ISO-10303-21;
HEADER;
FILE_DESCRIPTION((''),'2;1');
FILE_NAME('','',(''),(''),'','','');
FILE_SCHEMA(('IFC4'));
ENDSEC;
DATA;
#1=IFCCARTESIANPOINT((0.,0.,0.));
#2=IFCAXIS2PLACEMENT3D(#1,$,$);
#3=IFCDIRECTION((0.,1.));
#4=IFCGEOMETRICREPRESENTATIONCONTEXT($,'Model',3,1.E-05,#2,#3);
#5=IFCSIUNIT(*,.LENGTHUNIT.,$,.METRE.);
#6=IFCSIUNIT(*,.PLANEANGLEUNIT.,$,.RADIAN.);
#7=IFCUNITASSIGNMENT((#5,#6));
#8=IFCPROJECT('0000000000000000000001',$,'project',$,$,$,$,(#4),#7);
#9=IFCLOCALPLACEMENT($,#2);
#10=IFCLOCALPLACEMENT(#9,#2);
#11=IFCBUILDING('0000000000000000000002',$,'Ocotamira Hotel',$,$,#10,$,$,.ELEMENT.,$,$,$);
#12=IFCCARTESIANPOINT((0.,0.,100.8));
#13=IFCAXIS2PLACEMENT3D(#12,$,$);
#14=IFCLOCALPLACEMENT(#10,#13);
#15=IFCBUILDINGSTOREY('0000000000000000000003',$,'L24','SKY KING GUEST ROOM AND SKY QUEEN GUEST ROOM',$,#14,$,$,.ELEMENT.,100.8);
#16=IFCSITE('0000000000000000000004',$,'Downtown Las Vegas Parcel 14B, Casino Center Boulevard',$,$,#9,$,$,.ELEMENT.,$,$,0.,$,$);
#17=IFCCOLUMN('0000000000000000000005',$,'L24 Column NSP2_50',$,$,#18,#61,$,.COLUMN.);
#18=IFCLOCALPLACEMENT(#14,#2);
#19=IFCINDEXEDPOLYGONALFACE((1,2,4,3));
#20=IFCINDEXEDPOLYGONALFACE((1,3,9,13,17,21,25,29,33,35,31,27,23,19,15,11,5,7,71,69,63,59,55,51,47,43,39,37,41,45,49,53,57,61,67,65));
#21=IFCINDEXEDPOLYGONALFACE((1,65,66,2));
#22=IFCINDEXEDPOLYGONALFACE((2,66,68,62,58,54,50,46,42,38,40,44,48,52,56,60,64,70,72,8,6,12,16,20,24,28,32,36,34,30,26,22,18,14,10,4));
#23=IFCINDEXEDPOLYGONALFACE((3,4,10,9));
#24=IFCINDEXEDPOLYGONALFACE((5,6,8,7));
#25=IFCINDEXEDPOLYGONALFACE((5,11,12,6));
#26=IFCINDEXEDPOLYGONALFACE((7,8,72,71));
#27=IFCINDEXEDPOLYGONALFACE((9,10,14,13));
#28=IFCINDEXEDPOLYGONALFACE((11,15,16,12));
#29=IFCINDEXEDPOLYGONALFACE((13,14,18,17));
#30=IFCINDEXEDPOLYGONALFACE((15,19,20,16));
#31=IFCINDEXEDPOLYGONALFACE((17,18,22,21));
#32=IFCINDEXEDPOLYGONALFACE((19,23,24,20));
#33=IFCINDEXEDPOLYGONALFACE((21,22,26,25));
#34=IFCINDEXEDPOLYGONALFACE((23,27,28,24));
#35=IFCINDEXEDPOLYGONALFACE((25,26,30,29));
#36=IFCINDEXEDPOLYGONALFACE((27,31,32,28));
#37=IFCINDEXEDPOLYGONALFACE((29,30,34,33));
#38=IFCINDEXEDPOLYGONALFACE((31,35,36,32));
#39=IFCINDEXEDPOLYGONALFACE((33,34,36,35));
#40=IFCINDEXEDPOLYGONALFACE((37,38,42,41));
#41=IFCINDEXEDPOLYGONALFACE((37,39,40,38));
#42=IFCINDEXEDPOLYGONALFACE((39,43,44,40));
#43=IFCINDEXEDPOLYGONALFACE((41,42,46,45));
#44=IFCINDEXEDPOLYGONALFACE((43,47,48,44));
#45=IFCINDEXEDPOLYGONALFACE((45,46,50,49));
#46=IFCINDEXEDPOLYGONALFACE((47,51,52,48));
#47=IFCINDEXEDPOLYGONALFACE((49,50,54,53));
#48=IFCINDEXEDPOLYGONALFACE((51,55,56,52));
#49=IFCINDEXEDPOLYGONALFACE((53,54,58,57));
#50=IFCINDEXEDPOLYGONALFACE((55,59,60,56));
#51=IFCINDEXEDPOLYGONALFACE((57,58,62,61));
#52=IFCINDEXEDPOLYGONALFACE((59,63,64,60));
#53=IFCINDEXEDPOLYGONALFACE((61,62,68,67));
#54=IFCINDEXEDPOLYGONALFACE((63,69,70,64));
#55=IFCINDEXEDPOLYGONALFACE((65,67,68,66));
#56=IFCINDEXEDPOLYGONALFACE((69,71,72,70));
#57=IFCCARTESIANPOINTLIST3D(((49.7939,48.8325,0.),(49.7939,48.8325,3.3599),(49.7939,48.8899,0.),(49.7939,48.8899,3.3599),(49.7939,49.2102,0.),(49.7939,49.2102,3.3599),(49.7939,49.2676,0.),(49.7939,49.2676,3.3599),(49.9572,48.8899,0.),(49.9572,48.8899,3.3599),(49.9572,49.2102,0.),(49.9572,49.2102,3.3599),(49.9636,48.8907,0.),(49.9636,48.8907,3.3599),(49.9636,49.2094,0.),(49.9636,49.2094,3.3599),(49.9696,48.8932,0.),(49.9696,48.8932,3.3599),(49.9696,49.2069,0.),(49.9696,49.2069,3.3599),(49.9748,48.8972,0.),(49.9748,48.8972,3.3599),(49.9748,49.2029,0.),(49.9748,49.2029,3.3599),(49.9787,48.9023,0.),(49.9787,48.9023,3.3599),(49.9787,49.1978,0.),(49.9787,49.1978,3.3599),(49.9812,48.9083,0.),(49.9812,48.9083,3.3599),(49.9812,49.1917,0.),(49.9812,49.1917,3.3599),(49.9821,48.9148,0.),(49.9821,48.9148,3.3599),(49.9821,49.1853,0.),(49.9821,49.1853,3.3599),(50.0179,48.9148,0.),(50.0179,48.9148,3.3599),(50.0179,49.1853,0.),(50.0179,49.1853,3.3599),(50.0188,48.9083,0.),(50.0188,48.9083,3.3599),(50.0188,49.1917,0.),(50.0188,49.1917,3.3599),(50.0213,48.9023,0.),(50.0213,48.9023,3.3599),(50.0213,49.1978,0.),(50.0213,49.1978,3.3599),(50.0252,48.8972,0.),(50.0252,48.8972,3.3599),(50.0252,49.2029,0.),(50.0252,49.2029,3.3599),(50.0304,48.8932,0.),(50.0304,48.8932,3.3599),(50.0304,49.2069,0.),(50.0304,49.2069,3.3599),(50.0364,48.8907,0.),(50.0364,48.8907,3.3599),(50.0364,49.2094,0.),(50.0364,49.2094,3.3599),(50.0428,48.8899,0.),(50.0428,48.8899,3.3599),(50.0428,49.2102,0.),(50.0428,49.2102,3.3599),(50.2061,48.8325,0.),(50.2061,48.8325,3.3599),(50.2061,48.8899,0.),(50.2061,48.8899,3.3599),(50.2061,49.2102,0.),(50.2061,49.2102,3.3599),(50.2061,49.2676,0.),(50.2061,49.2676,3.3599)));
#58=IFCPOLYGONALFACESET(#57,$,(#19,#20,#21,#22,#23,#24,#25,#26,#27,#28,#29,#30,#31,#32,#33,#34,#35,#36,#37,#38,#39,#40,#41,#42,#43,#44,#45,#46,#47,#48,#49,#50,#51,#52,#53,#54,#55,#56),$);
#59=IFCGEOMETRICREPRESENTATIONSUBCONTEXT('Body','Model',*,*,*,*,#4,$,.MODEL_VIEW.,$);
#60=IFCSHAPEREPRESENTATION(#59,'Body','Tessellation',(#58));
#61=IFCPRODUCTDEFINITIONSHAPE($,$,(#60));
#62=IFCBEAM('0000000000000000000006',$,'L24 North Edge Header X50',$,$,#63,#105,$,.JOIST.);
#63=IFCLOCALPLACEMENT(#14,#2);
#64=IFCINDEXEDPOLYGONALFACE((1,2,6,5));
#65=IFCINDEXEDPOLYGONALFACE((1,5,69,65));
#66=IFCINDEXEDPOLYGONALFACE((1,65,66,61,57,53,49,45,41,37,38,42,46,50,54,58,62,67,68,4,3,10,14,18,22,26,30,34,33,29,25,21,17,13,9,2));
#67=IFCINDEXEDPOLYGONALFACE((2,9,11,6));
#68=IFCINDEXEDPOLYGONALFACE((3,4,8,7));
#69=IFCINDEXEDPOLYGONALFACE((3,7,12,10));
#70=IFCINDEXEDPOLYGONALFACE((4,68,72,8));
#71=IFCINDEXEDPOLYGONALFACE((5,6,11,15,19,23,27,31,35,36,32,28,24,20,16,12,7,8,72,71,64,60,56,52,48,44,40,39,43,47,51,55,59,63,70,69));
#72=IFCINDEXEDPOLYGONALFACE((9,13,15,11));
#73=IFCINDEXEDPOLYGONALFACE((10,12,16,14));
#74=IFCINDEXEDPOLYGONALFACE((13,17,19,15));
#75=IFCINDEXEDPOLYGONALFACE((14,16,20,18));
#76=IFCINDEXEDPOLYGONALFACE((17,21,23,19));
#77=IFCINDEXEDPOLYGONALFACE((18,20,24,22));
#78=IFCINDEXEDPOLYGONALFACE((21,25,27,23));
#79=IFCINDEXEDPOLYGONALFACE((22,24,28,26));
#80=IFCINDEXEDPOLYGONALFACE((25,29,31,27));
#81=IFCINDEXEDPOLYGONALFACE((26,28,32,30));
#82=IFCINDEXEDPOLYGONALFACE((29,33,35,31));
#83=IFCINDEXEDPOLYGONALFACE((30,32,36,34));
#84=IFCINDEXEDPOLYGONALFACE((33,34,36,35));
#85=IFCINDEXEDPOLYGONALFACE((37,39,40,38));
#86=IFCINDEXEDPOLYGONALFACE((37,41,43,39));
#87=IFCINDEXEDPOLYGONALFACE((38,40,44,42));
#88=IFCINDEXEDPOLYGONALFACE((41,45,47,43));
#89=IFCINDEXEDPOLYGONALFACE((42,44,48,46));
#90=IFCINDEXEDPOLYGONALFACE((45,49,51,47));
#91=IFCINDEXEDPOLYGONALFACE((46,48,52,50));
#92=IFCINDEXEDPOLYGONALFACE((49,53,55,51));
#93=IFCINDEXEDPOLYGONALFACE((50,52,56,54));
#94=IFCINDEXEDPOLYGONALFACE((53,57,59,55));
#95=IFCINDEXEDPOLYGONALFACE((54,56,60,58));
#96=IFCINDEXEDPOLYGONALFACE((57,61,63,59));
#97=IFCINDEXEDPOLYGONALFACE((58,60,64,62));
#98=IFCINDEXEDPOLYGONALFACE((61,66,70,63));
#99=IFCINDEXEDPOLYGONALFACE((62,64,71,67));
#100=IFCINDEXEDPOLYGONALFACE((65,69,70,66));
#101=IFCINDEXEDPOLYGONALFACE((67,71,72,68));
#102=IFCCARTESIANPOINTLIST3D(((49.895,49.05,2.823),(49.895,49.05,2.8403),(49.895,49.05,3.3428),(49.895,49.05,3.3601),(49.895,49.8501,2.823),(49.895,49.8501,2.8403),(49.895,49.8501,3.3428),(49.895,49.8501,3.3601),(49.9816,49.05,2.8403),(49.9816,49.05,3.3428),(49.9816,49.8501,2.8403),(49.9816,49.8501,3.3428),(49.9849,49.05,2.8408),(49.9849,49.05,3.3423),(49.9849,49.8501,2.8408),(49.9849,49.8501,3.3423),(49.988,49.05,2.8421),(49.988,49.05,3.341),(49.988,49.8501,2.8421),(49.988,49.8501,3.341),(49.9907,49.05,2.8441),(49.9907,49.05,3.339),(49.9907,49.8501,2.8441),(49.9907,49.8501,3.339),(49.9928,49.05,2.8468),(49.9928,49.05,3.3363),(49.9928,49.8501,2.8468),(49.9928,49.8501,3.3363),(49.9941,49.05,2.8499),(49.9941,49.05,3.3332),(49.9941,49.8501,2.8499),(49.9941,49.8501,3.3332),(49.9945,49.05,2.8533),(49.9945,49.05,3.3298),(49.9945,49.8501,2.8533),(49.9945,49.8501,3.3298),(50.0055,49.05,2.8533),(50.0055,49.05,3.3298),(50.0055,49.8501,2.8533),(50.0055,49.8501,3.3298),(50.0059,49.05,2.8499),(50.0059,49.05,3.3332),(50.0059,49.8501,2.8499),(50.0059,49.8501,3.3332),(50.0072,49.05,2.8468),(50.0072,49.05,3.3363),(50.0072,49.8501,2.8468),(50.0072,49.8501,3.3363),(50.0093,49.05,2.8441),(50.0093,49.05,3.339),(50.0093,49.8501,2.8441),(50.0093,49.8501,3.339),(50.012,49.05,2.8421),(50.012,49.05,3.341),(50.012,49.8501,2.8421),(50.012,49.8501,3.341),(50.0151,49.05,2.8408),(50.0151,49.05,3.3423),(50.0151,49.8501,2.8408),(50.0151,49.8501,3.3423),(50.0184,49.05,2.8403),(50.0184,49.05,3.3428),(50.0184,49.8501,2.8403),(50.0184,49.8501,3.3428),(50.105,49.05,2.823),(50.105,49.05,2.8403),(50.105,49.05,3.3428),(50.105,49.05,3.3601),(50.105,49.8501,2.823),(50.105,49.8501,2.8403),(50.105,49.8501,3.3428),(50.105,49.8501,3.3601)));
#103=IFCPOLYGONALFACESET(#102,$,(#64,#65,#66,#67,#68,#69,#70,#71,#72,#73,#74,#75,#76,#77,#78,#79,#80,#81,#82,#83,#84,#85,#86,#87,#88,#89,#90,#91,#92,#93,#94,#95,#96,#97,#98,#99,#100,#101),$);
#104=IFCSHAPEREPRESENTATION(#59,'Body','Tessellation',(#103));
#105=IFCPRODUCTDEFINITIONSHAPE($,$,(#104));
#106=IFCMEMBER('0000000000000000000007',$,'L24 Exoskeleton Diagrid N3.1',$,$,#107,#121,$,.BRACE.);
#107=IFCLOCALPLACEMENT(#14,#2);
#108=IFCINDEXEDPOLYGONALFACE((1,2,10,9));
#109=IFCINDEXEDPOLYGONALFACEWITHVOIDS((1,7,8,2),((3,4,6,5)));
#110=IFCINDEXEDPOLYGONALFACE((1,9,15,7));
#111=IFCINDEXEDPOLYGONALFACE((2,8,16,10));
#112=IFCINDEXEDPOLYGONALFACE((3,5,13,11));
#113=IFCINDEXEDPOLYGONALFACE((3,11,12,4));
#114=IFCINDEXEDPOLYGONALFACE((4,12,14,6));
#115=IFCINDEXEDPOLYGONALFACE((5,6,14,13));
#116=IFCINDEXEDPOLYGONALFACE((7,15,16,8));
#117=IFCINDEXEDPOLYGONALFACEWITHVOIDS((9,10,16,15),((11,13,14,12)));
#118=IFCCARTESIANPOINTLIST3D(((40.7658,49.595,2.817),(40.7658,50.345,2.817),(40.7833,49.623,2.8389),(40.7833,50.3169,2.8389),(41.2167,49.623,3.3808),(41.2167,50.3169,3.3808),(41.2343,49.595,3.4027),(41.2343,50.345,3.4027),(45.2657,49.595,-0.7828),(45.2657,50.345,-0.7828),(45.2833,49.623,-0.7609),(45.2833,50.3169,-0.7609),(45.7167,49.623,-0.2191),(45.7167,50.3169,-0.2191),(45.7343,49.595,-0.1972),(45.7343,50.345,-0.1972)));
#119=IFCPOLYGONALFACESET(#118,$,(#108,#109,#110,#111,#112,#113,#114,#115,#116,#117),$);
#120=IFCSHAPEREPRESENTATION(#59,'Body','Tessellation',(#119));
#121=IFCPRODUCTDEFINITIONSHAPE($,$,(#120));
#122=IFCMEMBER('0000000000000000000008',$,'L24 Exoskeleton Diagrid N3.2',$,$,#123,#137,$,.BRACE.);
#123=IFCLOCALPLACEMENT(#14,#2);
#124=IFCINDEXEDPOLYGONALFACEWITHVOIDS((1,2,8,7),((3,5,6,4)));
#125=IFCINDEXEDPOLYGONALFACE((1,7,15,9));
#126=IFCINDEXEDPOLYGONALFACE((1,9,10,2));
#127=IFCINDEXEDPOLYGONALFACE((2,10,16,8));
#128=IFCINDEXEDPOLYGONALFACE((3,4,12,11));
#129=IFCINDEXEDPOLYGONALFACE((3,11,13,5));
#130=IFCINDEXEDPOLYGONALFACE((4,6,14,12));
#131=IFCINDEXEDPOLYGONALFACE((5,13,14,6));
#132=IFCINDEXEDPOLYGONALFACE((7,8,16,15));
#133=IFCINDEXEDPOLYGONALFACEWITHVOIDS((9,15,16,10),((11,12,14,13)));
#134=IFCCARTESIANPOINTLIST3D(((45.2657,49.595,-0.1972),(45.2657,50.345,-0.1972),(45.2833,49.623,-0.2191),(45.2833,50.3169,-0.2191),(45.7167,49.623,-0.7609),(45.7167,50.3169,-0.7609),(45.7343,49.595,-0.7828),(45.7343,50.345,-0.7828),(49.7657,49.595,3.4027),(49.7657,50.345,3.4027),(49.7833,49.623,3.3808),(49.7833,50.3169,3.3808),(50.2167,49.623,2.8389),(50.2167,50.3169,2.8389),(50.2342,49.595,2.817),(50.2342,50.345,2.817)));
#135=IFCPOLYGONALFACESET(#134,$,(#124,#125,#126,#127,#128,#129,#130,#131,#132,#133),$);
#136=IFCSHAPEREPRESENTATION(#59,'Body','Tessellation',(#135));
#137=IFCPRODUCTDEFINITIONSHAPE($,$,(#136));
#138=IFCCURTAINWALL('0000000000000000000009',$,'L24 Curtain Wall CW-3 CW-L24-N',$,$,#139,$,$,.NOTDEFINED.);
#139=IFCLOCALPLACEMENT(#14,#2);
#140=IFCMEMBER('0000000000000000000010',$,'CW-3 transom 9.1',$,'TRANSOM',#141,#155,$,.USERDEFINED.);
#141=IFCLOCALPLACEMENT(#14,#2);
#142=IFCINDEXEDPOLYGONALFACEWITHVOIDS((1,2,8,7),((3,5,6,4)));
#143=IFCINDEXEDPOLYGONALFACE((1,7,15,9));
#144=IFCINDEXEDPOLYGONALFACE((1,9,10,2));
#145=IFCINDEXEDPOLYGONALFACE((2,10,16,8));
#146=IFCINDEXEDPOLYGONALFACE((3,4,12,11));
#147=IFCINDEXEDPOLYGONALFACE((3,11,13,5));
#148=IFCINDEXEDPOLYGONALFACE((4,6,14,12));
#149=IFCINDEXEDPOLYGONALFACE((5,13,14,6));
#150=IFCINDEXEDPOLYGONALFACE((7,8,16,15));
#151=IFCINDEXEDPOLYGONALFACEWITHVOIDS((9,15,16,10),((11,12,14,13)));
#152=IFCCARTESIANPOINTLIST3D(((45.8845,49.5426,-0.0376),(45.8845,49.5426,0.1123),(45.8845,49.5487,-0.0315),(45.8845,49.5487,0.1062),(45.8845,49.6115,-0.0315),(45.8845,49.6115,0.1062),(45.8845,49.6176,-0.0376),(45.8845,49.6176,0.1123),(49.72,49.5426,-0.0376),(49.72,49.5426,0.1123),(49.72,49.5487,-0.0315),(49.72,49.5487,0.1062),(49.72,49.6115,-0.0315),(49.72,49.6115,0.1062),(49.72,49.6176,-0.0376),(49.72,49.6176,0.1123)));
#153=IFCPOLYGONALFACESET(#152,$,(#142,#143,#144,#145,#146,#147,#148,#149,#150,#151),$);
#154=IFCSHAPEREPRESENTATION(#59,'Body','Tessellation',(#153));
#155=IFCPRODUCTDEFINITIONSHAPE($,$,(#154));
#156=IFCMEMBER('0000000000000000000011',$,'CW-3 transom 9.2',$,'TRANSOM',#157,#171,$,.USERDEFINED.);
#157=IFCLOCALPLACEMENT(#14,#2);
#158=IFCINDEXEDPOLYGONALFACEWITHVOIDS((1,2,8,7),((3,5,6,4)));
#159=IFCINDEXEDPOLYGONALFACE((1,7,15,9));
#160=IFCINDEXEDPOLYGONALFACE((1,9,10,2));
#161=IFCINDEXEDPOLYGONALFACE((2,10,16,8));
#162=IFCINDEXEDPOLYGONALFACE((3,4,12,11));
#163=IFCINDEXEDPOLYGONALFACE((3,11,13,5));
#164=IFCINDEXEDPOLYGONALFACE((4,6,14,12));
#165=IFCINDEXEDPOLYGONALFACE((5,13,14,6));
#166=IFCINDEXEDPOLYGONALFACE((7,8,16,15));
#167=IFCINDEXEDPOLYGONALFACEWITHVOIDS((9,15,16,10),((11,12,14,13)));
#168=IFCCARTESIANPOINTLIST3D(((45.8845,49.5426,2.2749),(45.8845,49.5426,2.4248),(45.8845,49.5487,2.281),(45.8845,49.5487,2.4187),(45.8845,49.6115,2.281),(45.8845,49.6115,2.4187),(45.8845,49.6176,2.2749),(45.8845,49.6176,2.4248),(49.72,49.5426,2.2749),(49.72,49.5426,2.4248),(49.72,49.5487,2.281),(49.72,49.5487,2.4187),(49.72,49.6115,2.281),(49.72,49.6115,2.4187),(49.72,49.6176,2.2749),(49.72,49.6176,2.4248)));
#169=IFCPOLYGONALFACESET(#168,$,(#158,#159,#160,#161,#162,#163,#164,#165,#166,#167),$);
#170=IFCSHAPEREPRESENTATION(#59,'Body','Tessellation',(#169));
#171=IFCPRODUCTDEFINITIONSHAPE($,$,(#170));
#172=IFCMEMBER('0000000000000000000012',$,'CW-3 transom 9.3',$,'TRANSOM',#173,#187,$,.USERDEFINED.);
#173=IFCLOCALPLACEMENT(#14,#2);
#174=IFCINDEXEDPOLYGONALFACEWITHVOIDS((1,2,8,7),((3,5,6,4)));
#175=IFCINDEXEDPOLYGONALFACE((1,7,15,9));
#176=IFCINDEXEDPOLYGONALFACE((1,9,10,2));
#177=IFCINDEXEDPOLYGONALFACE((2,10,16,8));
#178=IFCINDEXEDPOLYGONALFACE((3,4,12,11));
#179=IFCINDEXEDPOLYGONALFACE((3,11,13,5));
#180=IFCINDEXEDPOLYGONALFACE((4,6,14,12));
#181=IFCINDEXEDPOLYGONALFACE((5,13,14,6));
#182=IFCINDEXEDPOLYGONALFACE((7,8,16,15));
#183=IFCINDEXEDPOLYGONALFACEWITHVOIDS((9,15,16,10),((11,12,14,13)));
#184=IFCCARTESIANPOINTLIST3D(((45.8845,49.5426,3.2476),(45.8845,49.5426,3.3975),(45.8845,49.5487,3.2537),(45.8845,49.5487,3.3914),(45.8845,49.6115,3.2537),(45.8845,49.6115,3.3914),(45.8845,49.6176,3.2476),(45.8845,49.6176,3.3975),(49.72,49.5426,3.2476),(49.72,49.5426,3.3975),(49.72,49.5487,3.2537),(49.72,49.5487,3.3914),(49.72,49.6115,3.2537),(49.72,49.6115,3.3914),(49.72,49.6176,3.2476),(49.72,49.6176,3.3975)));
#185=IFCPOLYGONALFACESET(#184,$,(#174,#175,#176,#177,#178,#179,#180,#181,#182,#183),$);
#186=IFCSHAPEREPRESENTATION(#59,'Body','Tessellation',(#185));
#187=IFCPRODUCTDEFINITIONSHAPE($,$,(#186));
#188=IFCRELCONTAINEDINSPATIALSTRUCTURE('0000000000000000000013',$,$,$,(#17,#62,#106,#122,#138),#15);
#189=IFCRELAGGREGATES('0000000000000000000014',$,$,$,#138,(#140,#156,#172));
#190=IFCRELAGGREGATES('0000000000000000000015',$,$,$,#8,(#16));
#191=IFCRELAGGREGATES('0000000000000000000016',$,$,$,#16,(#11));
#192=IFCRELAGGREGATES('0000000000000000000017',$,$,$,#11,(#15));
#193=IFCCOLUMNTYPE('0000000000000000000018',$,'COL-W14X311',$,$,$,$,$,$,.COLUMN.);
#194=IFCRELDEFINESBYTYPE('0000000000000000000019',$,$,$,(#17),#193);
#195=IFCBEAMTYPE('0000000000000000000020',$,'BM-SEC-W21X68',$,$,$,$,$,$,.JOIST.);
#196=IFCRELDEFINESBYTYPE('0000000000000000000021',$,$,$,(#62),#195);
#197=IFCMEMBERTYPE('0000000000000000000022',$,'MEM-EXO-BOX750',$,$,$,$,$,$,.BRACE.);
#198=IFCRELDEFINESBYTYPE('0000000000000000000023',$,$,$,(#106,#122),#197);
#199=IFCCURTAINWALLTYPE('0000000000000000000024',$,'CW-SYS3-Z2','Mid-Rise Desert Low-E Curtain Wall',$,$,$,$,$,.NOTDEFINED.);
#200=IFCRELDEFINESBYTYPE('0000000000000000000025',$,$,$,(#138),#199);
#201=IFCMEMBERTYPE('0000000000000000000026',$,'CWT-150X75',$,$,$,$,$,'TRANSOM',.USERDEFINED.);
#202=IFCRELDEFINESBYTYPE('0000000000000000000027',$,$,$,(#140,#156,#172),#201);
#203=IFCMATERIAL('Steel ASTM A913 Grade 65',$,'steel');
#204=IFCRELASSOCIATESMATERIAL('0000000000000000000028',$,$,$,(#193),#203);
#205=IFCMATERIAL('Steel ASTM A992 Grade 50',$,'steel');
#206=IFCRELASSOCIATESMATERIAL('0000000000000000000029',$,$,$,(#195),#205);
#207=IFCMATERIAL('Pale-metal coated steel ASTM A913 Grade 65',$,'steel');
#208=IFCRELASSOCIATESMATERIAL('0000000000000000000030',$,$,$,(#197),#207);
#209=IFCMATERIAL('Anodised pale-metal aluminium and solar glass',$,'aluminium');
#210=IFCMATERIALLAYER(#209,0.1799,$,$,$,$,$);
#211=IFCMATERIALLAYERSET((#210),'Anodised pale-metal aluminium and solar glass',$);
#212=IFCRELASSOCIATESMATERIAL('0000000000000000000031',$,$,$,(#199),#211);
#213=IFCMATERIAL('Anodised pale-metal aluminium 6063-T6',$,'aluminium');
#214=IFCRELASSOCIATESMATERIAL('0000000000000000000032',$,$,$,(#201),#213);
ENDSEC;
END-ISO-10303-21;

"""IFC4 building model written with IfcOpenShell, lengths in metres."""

from ifc_helpers import new_model, si_unit, direction, frame, origin, origin_2d, place, context, subcontext, project, spatial, hollow_rectangle, i_section, extrude, source, transform, mapped, material, layer, layer_set, material_profile, profile_set, type_object, element, aggregate, save


model = new_model("IFC4")

# Units and contexts
model_context = context("Model", 3, precision=1e-05, world=origin(), true_north=direction((0.0, 1.0)))
body_context = subcontext(model_context, "Body", "Model", "MODEL_VIEW")
ifc_project = project(units=[si_unit("LENGTHUNIT", "METRE"), si_unit("PLANEANGLEUNIT", "RADIAN")], contexts=[model_context])

# Site, building, storey
site_placement = place(None, origin())
site = spatial("IfcSite", under=ifc_project, at=site_placement, Name="Downtown Las Vegas Parcel 14B, Casino Center Boulevard", CompositionType="ELEMENT", RefElevation=0.0)
building_placement = place(site_placement, origin())
building = spatial("IfcBuilding", under=site, at=building_placement, Name="Ocotamira Hotel", CompositionType="ELEMENT")
storey_placement = place(building_placement, frame((0.0, 0.0, 100.8)))
storey = spatial("IfcBuildingStorey", under=building, at=storey_placement, Name="L24", Description="SKY KING GUEST ROOM AND SKY QUEEN GUEST ROOM", CompositionType="ELEMENT", Elevation=100.8)

# Column
ifc_material_1 = material(Name="Steel ASTM A913 Grade 65", Category="steel")
ifc_material_profile_1 = material_profile(ifc_material_1, i_section(OverallWidth=0.4121, OverallDepth=0.4351, WebThickness=0.0359, FlangeThickness=0.0574, FilletRadius=0.0249, at=origin_2d()), Name="W14X311")
ifc_profile_set_1 = profile_set([ifc_material_profile_1], Name="Steel ASTM A913 Grade 65")
column_type = type_object("IfcColumnType", Name="COL-W14X311", PredefinedType="COLUMN", material=ifc_profile_set_1)
shared_shape_1 = source(origin(), body_context, "Body", "SweptSolid", [
    extrude(i_section(OverallWidth=0.4121, OverallDepth=0.4351, WebThickness=0.0359, FlangeThickness=0.0574, FilletRadius=0.0249, at=origin_2d()), origin(), (0.0, 0.0, 1.0), 3.3599),
])
column_placement = place(storey_placement, frame((50.0, 49.05, 0.0), z_axis=(0.0, 0.0, 1.0), x_axis=(1.0, 0.0, 0.0)))
element("IfcColumn", 1, at=column_placement, inside=storey, type_object=column_type, Name="L24 Column NSP2_50", PredefinedType="COLUMN", context=body_context, shape_type="MappedRepresentation", body=[
    mapped(shared_shape_1, transform((0.0, 0.0, 0.0), scale=1.0)),
])

# Beam
ifc_material_2 = material(Name="Steel ASTM A992 Grade 50", Category="steel")
ifc_material_profile_2 = material_profile(ifc_material_2, i_section(OverallWidth=0.21, OverallDepth=0.5371, WebThickness=0.011, FlangeThickness=0.0173, FilletRadius=0.0129, at=origin_2d()), Name="W21X68")
ifc_profile_set_2 = profile_set([ifc_material_profile_2], Name="Steel ASTM A992 Grade 50")
beam_type = type_object("IfcBeamType", Name="BM-SEC-W21X68", PredefinedType="JOIST", material=ifc_profile_set_2)
shared_shape_2 = source(origin(), body_context, "Body", "SweptSolid", [
    extrude(i_section(OverallWidth=0.21, OverallDepth=0.5371, WebThickness=0.011, FlangeThickness=0.0173, FilletRadius=0.0129, at=origin_2d()), origin(), (0.0, 0.0, 1.0), 0.8),
])
beam_placement = place(storey_placement, frame((50.0, 49.05, 3.0916), z_axis=(0.0, 1.0, 0.0), x_axis=(-1.0, 0.0, 0.0)))
element("IfcBeam", 2, at=beam_placement, inside=storey, type_object=beam_type, Name="L24 North Edge Header X50", PredefinedType="JOIST", context=body_context, shape_type="MappedRepresentation", body=[
    mapped(shared_shape_2, transform((0.0, 0.0, 0.0), scale=1.0)),
])

# Members
ifc_material_3 = material(Name="Pale-metal coated steel ASTM A913 Grade 65", Category="steel")
ifc_material_profile_3 = material_profile(ifc_material_3, hollow_rectangle(XDim=0.75, YDim=0.75, WallThickness=0.0281, at=origin_2d()), Name="BOX750X750X28")
ifc_profile_set_3 = profile_set([ifc_material_profile_3], Name="Pale-metal coated steel ASTM A913 Grade 65")
member_type_1 = type_object("IfcMemberType", Name="MEM-EXO-BOX750", PredefinedType="BRACE", material=ifc_profile_set_3)
shared_shape_3 = source(origin(), body_context, "Body", "SweptSolid", [
    extrude(hollow_rectangle(XDim=0.75, YDim=0.75, WallThickness=0.0281, at=origin_2d()), origin(), (0.0, 0.0, 1.0), 5.7627),
])
for number, where, z_axis, x_axis, name in (
    (3, (45.5, 49.97, -0.49), (-0.780881, 0.0, 0.62468), (0.0, -1.0, 0.0), "L24 Exoskeleton Diagrid N3.1"),
    (4, (45.5, 49.97, -0.49), (0.780881, 0.0, 0.62468), (0.0, 1.0, 0.0), "L24 Exoskeleton Diagrid N3.2"),
):
    element("IfcMember", number, at=place(storey_placement, frame(where, z_axis=z_axis, x_axis=x_axis)), inside=storey, type_object=member_type_1, Name=name, PredefinedType="BRACE", context=body_context, shape_type="MappedRepresentation", body=[
        mapped(shared_shape_3, transform((0.0, 0.0, 0.0), scale=1.0)),
    ])

# Curtain wall, members
ifc_material_4 = material(Name="Anodised pale-metal aluminium and solar glass", Category="aluminium")
ifc_layer_1 = layer(ifc_material_4, 0.1799)
ifc_layer_set_1 = layer_set([ifc_layer_1], Name="Anodised pale-metal aluminium and solar glass")
curtain_wall_type = type_object("IfcCurtainWallType", Name="CW-SYS3-Z2", Description="Mid-Rise Desert Low-E Curtain Wall", PredefinedType="NOTDEFINED", material=ifc_layer_set_1)
curtain_wall_placement = place(storey_placement, origin())
curtain_wall = element("IfcCurtainWall", 5, at=curtain_wall_placement, inside=storey, type_object=curtain_wall_type, Name="L24 Curtain Wall CW-3 CW-L24-N", PredefinedType="NOTDEFINED")
ifc_material_5 = material(Name="Anodised pale-metal aluminium 6063-T6", Category="aluminium")
ifc_material_profile_4 = material_profile(ifc_material_5, hollow_rectangle(XDim=0.075, YDim=0.1499, WallThickness=0.0061, at=origin_2d()), Name="HSS150X75X6")
ifc_profile_set_4 = profile_set([ifc_material_profile_4], Name="Anodised pale-metal aluminium 6063-T6")
member_type_2 = type_object("IfcMemberType", Name="CWT-150X75", ElementType="TRANSOM", PredefinedType="USERDEFINED", material=ifc_profile_set_4)
shared_shape_4 = source(origin(), body_context, "Body", "SweptSolid", [
    extrude(hollow_rectangle(XDim=0.075, YDim=0.1499, WallThickness=0.0061, at=origin_2d()), origin(), (0.0, 0.0, 1.0), 3.8354),
])
member_1_placement = place(storey_placement, frame((45.8845, 49.5801, 0.0374), z_axis=(1.0, 0.0, 0.0), x_axis=(0.0, 1.0, 0.0)))
member_1 = element("IfcMember", 6, at=member_1_placement, type_object=member_type_2, Name="CW-3 transom 9.1", ObjectType="TRANSOM", PredefinedType="USERDEFINED", context=body_context, shape_type="MappedRepresentation", body=[
    mapped(shared_shape_4, transform((0.0, 0.0, 0.0), scale=1.0)),
])
member_2_placement = place(storey_placement, frame((45.8845, 49.5801, 2.3499), z_axis=(1.0, 0.0, 0.0), x_axis=(0.0, 1.0, 0.0)))
member_2 = element("IfcMember", 7, at=member_2_placement, type_object=member_type_2, Name="CW-3 transom 9.2", ObjectType="TRANSOM", PredefinedType="USERDEFINED", context=body_context, shape_type="MappedRepresentation", body=[
    mapped(shared_shape_4, transform((0.0, 0.0, 0.0), scale=1.0)),
])
member_3_placement = place(storey_placement, frame((45.8845, 49.5801, 3.3225), z_axis=(1.0, 0.0, 0.0), x_axis=(0.0, 1.0, 0.0)))
member_3 = element("IfcMember", 8, at=member_3_placement, type_object=member_type_2, Name="CW-3 transom 9.3", ObjectType="TRANSOM", PredefinedType="USERDEFINED", context=body_context, shape_type="MappedRepresentation", body=[
    mapped(shared_shape_4, transform((0.0, 0.0, 0.0), scale=1.0)),
])

aggregate(curtain_wall, [member_1, member_2, member_3])

save(model, "model.ifc")
